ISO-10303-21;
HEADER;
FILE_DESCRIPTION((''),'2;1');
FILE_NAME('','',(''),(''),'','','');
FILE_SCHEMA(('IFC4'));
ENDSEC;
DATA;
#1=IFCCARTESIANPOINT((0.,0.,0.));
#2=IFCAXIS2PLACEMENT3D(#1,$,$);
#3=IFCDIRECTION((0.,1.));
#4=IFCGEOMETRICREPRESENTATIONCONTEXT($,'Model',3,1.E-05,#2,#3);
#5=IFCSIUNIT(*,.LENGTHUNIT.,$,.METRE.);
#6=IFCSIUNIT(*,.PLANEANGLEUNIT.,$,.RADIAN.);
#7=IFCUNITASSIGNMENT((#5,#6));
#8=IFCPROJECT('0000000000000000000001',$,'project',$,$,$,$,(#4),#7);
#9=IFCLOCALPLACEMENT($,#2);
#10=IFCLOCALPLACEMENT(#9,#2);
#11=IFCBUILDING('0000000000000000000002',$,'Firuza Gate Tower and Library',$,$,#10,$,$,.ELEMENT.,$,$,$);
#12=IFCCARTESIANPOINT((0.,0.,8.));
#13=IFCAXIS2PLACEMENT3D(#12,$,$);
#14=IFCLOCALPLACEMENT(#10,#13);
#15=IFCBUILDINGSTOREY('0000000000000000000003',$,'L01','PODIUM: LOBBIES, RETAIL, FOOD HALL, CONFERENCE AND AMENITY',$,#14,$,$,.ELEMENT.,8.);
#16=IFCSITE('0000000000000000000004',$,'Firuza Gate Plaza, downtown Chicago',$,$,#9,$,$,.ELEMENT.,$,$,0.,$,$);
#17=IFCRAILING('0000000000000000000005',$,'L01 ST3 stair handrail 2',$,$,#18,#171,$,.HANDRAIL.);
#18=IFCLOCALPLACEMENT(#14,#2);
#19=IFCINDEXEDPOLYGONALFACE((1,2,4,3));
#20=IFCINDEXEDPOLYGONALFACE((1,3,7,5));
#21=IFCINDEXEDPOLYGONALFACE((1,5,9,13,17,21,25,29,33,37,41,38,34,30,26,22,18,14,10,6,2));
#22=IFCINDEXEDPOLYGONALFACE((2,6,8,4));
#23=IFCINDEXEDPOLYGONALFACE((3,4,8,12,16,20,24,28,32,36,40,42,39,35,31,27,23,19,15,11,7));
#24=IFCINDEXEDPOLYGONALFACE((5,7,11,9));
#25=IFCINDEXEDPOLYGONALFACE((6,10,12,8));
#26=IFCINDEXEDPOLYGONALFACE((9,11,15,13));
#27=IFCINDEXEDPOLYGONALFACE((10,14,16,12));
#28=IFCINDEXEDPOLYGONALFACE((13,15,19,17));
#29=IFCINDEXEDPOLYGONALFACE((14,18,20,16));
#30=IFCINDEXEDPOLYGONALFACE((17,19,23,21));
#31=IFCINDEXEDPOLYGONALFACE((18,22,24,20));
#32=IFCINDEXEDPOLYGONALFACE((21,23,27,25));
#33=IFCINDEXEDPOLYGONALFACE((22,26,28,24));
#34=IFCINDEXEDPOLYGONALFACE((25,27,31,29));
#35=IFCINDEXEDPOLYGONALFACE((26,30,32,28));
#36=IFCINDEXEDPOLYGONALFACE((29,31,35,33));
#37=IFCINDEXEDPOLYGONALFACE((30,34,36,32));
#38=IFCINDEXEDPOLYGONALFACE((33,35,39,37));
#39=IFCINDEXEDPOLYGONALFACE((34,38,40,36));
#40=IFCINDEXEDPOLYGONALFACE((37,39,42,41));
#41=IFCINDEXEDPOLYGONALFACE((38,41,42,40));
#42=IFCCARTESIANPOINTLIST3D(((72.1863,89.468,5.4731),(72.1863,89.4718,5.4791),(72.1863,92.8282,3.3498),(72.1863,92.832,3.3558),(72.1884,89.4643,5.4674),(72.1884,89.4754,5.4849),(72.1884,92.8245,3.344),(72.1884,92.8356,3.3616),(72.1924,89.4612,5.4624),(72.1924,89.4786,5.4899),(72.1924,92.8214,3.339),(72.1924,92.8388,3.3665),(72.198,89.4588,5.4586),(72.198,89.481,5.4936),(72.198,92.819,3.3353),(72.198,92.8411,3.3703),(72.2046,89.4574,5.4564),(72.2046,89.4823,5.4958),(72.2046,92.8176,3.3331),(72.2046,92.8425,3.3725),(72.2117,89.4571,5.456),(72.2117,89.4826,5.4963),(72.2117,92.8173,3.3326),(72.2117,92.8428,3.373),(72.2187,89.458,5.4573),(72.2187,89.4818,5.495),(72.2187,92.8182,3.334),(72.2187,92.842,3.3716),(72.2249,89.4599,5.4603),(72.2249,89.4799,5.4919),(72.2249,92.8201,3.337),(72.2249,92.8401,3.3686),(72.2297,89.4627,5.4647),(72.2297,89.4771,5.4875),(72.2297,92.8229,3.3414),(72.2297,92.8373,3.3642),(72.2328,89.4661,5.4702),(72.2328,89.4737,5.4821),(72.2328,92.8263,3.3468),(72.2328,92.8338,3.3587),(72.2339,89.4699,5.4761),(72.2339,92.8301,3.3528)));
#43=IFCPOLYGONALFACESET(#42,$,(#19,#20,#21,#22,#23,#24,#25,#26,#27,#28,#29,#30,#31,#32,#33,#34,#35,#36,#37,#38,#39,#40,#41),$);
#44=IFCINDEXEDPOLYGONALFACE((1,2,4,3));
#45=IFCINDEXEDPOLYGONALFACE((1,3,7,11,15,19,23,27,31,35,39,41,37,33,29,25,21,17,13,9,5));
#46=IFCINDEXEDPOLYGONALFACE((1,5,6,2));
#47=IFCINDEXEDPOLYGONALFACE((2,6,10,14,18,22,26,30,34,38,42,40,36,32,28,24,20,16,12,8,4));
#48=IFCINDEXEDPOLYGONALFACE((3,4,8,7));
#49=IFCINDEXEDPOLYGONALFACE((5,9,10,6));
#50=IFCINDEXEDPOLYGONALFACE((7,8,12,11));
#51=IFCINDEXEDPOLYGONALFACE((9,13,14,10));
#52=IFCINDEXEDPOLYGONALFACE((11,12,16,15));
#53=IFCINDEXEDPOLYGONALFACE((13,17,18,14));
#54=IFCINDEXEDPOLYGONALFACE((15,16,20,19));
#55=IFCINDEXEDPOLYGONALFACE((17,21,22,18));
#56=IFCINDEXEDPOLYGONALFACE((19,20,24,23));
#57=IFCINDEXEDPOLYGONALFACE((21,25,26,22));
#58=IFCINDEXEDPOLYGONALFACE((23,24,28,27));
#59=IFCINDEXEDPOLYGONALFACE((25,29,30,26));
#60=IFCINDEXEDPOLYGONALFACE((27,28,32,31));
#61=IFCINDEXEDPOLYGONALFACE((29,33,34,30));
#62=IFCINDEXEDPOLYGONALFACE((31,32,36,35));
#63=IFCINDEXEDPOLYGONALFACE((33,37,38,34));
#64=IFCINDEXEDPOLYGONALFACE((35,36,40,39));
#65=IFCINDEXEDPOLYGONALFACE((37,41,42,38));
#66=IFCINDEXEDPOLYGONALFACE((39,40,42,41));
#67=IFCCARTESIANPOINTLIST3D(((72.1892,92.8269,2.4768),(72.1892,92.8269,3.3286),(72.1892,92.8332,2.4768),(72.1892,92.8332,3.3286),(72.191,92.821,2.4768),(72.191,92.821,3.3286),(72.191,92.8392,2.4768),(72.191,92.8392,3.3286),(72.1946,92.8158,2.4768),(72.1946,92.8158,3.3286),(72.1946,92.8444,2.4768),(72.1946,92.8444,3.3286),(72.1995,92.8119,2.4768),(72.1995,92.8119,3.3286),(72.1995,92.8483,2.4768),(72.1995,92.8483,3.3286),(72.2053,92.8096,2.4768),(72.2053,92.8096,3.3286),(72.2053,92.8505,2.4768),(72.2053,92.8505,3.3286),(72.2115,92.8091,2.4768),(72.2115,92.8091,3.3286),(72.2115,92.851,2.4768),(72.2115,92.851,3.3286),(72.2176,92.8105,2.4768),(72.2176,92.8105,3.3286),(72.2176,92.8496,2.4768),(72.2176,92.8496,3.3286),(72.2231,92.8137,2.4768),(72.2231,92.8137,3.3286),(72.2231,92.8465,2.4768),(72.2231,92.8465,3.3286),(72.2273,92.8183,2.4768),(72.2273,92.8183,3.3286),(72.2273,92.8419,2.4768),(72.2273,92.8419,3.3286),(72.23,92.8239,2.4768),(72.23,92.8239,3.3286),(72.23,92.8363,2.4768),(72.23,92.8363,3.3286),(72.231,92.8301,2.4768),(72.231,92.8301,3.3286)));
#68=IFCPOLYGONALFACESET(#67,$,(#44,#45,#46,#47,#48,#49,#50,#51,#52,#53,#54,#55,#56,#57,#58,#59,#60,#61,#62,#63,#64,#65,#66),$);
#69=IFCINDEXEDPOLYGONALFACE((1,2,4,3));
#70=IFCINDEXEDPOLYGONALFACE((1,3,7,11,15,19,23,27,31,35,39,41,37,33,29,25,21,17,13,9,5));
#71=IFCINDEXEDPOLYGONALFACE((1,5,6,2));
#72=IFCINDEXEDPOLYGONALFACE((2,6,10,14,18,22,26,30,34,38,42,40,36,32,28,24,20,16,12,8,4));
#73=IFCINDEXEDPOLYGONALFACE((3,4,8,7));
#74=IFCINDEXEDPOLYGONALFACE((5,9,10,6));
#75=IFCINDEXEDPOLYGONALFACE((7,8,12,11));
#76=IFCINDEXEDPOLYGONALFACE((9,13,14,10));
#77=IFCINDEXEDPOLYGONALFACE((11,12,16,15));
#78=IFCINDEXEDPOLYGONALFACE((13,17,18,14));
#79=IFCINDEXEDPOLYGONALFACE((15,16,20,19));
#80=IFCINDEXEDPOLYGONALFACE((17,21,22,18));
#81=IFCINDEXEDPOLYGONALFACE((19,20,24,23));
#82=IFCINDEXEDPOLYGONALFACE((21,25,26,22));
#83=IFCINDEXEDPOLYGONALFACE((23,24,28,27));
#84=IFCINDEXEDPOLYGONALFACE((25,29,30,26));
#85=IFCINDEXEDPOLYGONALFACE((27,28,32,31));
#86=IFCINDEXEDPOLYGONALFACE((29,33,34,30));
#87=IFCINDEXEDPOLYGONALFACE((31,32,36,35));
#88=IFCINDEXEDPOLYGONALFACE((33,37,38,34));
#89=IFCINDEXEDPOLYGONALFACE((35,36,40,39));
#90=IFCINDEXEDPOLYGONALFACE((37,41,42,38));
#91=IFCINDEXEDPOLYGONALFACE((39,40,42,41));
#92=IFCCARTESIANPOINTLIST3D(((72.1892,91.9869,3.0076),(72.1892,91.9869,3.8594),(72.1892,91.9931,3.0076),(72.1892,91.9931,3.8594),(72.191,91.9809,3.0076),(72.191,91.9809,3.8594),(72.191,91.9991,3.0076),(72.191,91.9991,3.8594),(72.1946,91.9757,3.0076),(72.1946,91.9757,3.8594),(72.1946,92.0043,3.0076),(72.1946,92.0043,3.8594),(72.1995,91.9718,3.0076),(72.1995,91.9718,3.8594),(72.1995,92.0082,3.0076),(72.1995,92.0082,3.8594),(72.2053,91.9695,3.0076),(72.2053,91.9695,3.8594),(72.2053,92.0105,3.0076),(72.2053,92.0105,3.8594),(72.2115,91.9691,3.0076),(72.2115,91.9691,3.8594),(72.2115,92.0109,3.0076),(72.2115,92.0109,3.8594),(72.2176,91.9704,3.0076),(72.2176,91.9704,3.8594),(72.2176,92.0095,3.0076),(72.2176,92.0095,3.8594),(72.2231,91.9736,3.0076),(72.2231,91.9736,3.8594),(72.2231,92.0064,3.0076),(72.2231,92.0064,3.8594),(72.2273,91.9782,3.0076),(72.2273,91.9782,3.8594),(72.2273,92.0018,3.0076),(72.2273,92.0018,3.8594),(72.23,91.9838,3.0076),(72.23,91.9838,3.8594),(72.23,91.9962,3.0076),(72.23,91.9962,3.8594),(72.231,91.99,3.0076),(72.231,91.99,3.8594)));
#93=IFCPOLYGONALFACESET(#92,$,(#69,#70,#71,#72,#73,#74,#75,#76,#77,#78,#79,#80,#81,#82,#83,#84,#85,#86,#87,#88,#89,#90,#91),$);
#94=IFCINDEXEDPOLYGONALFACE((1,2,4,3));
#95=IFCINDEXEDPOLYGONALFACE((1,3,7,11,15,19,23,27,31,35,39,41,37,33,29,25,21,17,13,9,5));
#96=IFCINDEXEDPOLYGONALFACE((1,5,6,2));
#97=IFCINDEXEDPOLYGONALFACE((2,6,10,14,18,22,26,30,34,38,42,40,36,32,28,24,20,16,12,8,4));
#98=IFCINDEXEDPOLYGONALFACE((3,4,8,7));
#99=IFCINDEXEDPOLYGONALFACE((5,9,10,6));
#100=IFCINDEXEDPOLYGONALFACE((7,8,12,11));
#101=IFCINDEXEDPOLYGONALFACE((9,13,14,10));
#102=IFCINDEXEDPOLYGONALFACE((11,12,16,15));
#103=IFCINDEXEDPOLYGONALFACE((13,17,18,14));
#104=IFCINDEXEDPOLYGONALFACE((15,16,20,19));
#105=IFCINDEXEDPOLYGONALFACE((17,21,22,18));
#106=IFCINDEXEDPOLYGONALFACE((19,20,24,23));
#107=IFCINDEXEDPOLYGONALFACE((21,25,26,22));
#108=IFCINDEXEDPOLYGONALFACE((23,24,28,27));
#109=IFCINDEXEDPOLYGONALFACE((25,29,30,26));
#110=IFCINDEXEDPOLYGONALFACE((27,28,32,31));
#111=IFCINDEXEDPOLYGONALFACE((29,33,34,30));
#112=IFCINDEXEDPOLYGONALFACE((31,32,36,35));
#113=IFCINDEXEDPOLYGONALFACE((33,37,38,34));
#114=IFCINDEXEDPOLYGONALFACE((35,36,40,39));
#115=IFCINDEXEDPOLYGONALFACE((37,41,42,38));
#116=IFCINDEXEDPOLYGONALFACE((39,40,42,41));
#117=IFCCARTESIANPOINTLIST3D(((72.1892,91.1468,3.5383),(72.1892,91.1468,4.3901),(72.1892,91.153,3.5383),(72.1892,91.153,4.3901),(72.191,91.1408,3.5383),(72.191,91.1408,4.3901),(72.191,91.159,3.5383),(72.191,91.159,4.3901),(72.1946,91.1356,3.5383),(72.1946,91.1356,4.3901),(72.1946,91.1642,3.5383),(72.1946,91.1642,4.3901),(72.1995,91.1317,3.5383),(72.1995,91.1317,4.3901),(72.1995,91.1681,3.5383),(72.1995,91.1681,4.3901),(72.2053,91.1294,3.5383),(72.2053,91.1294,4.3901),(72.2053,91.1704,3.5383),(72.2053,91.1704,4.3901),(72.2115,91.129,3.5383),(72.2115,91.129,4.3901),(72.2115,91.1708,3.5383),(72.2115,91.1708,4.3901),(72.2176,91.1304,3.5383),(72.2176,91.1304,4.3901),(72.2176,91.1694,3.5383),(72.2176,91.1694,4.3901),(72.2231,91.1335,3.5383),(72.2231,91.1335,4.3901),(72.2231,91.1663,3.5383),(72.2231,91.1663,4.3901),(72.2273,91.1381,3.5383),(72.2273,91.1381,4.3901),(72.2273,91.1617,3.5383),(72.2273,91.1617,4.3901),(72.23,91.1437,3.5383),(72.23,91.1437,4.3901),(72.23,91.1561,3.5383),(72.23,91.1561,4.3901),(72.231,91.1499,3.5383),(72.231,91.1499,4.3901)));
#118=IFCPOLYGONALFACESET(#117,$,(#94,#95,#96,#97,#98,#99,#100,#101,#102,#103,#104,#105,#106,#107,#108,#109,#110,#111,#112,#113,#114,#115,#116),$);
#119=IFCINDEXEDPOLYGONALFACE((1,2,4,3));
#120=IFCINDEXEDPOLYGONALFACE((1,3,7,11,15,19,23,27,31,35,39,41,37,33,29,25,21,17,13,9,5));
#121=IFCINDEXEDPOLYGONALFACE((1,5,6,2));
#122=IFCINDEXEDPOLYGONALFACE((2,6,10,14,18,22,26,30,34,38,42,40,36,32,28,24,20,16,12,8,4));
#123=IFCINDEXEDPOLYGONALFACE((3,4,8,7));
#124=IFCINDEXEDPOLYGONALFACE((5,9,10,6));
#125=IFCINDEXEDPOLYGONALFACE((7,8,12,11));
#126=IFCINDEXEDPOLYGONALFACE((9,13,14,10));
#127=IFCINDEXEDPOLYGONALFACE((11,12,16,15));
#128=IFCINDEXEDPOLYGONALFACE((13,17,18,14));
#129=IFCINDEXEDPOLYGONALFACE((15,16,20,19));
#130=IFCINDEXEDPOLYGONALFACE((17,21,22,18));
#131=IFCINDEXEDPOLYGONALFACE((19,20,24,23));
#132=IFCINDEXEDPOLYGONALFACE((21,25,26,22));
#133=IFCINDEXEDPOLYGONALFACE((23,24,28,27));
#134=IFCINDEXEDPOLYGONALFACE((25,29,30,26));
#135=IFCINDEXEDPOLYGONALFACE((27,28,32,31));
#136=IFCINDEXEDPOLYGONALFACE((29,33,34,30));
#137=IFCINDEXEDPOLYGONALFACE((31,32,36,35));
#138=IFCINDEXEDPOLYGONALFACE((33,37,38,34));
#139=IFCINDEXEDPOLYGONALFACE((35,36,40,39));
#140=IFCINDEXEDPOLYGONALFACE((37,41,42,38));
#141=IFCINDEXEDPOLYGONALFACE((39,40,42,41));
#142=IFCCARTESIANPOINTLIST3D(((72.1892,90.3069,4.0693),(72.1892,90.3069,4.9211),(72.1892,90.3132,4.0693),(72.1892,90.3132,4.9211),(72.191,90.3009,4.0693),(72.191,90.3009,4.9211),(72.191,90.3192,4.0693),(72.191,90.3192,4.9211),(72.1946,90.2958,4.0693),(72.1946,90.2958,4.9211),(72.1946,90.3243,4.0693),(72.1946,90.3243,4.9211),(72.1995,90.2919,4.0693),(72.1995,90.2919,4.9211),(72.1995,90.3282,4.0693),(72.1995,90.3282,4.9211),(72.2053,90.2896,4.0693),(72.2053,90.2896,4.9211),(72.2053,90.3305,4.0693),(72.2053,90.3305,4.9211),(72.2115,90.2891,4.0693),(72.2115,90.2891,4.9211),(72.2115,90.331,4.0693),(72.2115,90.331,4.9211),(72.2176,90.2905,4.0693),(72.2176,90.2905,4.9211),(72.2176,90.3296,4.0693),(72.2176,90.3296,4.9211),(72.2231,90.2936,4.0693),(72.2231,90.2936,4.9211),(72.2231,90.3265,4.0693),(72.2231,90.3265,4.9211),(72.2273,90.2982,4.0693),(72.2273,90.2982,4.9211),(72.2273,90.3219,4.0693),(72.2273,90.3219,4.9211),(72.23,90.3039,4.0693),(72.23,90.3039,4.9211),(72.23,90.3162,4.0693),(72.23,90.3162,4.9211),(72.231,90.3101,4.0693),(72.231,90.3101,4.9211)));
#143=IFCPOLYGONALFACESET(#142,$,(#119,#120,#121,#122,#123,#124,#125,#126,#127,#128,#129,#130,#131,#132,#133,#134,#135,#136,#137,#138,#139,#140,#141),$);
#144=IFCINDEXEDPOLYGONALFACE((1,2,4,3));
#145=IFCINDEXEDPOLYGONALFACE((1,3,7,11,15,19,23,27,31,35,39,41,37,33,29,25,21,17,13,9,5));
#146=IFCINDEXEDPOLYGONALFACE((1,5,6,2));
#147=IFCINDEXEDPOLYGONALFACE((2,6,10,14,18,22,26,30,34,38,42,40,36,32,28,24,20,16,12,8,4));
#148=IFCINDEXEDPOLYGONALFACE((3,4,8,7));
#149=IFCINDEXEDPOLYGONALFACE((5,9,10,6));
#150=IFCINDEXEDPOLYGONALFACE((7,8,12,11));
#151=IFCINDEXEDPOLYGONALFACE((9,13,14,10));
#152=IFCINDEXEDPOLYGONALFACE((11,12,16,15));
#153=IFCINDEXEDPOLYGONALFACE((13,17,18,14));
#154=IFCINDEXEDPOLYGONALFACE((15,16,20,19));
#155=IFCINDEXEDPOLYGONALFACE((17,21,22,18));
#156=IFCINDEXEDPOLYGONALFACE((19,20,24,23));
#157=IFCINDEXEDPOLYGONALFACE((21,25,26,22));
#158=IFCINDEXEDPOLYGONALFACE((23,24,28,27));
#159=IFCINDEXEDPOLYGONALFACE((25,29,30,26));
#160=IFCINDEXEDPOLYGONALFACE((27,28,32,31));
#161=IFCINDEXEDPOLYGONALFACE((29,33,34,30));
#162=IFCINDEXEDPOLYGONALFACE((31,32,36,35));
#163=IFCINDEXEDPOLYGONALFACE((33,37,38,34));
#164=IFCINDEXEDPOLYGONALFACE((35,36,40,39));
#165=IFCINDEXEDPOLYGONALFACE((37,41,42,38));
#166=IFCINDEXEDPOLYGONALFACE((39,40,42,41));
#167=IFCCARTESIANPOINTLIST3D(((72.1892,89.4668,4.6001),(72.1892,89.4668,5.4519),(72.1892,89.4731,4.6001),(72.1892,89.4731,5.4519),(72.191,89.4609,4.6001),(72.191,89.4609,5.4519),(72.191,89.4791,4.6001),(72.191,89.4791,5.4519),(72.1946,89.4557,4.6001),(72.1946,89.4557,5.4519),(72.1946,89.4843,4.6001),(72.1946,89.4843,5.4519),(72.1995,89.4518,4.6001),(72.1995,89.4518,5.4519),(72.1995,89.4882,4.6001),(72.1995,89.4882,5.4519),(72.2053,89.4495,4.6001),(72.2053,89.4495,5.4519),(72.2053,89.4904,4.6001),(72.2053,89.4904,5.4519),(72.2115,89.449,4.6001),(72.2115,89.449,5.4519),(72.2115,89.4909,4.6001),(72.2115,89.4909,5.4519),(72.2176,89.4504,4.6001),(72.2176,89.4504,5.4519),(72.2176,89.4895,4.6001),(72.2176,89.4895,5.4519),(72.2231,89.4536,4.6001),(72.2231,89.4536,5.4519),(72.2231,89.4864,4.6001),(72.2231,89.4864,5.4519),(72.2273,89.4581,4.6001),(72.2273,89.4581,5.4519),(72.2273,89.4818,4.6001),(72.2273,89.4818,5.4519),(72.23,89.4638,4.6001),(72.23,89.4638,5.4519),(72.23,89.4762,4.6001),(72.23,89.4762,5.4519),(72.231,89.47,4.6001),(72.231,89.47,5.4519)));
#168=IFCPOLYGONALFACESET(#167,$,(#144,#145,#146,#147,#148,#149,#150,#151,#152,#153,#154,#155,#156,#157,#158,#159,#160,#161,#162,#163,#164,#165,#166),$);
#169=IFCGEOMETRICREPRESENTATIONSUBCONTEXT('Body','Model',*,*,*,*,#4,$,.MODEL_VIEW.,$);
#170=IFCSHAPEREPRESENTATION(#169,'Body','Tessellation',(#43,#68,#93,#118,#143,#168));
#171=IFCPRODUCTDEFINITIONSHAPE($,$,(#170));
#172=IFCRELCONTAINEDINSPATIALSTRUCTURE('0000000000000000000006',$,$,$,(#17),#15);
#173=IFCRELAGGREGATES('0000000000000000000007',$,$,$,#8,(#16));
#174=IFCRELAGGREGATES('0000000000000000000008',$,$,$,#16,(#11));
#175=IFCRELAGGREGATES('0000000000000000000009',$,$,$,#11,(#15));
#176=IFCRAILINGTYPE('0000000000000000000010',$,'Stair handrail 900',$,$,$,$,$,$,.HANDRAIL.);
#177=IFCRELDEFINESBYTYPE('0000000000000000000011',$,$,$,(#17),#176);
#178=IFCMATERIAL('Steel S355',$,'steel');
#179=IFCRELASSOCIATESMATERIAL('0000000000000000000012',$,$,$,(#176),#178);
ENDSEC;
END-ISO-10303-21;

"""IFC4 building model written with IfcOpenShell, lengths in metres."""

from ifc_helpers import new_model, si_unit, direction, frame, origin, origin_2d, place, context, subcontext, project, spatial, circle, extrude, material, type_object, element, save


model = new_model("IFC4")

# Units and contexts
model_context = context("Model", 3, precision=1e-05, world=origin(), true_north=direction((0.0, 1.0)))
body_context = subcontext(model_context, "Body", "Model", "MODEL_VIEW")
ifc_project = project(units=[si_unit("LENGTHUNIT", "METRE"), si_unit("PLANEANGLEUNIT", "RADIAN")], contexts=[model_context])

# Site, building, storey
site_placement = place(None, origin())
site = spatial("IfcSite", under=ifc_project, at=site_placement, Name="Firuza Gate Plaza, downtown Chicago", CompositionType="ELEMENT", RefElevation=0.0)
building_placement = place(site_placement, origin())
building = spatial("IfcBuilding", under=site, at=building_placement, Name="Firuza Gate Tower and Library", CompositionType="ELEMENT")
storey_placement = place(building_placement, frame((0.0, 0.0, 8.0)))
storey = spatial("IfcBuildingStorey", under=building, at=storey_placement, Name="L01", Description="PODIUM: LOBBIES, RETAIL, FOOD HALL, CONFERENCE AND AMENITY", CompositionType="ELEMENT", Elevation=8.0)

# Railing
ifc_material_1 = material(Name="Steel S355", Category="steel")
railing_type = type_object("IfcRailingType", Name="Stair handrail 900", PredefinedType="HANDRAIL", material=ifc_material_1)
railing_placement = place(storey_placement, frame((72.21, 92.8301, 2.4768)))
element("IfcRailing", 1, at=railing_placement, inside=storey, type_object=railing_type, Name="L01 ST3 stair handrail 2", PredefinedType="HANDRAIL", context=body_context, shape_type="SweptSolid", body=[
    extrude(circle(Radius=0.0239, at=origin_2d()), frame((0.0, 0.0, 0.876), z_axis=(0.0, -0.845362, 0.534194), x_axis=(1.0, 0.0, 0.0)), (0.0, 0.0, 1.0), 3.9749),
    extrude(circle(Radius=0.021, at=origin_2d()), origin(), (0.0, 0.0, 1.0), 0.8518),
    extrude(circle(Radius=0.021, at=origin_2d()), frame((0.0, -0.8401, 0.5308)), (0.0, 0.0, 1.0), 0.8518),
    extrude(circle(Radius=0.021, at=origin_2d()), frame((0.0, -1.6802, 1.0615)), (0.0, 0.0, 1.0), 0.8518),
    extrude(circle(Radius=0.021, at=origin_2d()), frame((0.0, -2.52, 1.5925)), (0.0, 0.0, 1.0), 0.8518),
    extrude(circle(Radius=0.021, at=origin_2d()), frame((0.0, -3.3601, 2.1233)), (0.0, 0.0, 1.0), 0.8518),
])

save(model, "model.ifc")
